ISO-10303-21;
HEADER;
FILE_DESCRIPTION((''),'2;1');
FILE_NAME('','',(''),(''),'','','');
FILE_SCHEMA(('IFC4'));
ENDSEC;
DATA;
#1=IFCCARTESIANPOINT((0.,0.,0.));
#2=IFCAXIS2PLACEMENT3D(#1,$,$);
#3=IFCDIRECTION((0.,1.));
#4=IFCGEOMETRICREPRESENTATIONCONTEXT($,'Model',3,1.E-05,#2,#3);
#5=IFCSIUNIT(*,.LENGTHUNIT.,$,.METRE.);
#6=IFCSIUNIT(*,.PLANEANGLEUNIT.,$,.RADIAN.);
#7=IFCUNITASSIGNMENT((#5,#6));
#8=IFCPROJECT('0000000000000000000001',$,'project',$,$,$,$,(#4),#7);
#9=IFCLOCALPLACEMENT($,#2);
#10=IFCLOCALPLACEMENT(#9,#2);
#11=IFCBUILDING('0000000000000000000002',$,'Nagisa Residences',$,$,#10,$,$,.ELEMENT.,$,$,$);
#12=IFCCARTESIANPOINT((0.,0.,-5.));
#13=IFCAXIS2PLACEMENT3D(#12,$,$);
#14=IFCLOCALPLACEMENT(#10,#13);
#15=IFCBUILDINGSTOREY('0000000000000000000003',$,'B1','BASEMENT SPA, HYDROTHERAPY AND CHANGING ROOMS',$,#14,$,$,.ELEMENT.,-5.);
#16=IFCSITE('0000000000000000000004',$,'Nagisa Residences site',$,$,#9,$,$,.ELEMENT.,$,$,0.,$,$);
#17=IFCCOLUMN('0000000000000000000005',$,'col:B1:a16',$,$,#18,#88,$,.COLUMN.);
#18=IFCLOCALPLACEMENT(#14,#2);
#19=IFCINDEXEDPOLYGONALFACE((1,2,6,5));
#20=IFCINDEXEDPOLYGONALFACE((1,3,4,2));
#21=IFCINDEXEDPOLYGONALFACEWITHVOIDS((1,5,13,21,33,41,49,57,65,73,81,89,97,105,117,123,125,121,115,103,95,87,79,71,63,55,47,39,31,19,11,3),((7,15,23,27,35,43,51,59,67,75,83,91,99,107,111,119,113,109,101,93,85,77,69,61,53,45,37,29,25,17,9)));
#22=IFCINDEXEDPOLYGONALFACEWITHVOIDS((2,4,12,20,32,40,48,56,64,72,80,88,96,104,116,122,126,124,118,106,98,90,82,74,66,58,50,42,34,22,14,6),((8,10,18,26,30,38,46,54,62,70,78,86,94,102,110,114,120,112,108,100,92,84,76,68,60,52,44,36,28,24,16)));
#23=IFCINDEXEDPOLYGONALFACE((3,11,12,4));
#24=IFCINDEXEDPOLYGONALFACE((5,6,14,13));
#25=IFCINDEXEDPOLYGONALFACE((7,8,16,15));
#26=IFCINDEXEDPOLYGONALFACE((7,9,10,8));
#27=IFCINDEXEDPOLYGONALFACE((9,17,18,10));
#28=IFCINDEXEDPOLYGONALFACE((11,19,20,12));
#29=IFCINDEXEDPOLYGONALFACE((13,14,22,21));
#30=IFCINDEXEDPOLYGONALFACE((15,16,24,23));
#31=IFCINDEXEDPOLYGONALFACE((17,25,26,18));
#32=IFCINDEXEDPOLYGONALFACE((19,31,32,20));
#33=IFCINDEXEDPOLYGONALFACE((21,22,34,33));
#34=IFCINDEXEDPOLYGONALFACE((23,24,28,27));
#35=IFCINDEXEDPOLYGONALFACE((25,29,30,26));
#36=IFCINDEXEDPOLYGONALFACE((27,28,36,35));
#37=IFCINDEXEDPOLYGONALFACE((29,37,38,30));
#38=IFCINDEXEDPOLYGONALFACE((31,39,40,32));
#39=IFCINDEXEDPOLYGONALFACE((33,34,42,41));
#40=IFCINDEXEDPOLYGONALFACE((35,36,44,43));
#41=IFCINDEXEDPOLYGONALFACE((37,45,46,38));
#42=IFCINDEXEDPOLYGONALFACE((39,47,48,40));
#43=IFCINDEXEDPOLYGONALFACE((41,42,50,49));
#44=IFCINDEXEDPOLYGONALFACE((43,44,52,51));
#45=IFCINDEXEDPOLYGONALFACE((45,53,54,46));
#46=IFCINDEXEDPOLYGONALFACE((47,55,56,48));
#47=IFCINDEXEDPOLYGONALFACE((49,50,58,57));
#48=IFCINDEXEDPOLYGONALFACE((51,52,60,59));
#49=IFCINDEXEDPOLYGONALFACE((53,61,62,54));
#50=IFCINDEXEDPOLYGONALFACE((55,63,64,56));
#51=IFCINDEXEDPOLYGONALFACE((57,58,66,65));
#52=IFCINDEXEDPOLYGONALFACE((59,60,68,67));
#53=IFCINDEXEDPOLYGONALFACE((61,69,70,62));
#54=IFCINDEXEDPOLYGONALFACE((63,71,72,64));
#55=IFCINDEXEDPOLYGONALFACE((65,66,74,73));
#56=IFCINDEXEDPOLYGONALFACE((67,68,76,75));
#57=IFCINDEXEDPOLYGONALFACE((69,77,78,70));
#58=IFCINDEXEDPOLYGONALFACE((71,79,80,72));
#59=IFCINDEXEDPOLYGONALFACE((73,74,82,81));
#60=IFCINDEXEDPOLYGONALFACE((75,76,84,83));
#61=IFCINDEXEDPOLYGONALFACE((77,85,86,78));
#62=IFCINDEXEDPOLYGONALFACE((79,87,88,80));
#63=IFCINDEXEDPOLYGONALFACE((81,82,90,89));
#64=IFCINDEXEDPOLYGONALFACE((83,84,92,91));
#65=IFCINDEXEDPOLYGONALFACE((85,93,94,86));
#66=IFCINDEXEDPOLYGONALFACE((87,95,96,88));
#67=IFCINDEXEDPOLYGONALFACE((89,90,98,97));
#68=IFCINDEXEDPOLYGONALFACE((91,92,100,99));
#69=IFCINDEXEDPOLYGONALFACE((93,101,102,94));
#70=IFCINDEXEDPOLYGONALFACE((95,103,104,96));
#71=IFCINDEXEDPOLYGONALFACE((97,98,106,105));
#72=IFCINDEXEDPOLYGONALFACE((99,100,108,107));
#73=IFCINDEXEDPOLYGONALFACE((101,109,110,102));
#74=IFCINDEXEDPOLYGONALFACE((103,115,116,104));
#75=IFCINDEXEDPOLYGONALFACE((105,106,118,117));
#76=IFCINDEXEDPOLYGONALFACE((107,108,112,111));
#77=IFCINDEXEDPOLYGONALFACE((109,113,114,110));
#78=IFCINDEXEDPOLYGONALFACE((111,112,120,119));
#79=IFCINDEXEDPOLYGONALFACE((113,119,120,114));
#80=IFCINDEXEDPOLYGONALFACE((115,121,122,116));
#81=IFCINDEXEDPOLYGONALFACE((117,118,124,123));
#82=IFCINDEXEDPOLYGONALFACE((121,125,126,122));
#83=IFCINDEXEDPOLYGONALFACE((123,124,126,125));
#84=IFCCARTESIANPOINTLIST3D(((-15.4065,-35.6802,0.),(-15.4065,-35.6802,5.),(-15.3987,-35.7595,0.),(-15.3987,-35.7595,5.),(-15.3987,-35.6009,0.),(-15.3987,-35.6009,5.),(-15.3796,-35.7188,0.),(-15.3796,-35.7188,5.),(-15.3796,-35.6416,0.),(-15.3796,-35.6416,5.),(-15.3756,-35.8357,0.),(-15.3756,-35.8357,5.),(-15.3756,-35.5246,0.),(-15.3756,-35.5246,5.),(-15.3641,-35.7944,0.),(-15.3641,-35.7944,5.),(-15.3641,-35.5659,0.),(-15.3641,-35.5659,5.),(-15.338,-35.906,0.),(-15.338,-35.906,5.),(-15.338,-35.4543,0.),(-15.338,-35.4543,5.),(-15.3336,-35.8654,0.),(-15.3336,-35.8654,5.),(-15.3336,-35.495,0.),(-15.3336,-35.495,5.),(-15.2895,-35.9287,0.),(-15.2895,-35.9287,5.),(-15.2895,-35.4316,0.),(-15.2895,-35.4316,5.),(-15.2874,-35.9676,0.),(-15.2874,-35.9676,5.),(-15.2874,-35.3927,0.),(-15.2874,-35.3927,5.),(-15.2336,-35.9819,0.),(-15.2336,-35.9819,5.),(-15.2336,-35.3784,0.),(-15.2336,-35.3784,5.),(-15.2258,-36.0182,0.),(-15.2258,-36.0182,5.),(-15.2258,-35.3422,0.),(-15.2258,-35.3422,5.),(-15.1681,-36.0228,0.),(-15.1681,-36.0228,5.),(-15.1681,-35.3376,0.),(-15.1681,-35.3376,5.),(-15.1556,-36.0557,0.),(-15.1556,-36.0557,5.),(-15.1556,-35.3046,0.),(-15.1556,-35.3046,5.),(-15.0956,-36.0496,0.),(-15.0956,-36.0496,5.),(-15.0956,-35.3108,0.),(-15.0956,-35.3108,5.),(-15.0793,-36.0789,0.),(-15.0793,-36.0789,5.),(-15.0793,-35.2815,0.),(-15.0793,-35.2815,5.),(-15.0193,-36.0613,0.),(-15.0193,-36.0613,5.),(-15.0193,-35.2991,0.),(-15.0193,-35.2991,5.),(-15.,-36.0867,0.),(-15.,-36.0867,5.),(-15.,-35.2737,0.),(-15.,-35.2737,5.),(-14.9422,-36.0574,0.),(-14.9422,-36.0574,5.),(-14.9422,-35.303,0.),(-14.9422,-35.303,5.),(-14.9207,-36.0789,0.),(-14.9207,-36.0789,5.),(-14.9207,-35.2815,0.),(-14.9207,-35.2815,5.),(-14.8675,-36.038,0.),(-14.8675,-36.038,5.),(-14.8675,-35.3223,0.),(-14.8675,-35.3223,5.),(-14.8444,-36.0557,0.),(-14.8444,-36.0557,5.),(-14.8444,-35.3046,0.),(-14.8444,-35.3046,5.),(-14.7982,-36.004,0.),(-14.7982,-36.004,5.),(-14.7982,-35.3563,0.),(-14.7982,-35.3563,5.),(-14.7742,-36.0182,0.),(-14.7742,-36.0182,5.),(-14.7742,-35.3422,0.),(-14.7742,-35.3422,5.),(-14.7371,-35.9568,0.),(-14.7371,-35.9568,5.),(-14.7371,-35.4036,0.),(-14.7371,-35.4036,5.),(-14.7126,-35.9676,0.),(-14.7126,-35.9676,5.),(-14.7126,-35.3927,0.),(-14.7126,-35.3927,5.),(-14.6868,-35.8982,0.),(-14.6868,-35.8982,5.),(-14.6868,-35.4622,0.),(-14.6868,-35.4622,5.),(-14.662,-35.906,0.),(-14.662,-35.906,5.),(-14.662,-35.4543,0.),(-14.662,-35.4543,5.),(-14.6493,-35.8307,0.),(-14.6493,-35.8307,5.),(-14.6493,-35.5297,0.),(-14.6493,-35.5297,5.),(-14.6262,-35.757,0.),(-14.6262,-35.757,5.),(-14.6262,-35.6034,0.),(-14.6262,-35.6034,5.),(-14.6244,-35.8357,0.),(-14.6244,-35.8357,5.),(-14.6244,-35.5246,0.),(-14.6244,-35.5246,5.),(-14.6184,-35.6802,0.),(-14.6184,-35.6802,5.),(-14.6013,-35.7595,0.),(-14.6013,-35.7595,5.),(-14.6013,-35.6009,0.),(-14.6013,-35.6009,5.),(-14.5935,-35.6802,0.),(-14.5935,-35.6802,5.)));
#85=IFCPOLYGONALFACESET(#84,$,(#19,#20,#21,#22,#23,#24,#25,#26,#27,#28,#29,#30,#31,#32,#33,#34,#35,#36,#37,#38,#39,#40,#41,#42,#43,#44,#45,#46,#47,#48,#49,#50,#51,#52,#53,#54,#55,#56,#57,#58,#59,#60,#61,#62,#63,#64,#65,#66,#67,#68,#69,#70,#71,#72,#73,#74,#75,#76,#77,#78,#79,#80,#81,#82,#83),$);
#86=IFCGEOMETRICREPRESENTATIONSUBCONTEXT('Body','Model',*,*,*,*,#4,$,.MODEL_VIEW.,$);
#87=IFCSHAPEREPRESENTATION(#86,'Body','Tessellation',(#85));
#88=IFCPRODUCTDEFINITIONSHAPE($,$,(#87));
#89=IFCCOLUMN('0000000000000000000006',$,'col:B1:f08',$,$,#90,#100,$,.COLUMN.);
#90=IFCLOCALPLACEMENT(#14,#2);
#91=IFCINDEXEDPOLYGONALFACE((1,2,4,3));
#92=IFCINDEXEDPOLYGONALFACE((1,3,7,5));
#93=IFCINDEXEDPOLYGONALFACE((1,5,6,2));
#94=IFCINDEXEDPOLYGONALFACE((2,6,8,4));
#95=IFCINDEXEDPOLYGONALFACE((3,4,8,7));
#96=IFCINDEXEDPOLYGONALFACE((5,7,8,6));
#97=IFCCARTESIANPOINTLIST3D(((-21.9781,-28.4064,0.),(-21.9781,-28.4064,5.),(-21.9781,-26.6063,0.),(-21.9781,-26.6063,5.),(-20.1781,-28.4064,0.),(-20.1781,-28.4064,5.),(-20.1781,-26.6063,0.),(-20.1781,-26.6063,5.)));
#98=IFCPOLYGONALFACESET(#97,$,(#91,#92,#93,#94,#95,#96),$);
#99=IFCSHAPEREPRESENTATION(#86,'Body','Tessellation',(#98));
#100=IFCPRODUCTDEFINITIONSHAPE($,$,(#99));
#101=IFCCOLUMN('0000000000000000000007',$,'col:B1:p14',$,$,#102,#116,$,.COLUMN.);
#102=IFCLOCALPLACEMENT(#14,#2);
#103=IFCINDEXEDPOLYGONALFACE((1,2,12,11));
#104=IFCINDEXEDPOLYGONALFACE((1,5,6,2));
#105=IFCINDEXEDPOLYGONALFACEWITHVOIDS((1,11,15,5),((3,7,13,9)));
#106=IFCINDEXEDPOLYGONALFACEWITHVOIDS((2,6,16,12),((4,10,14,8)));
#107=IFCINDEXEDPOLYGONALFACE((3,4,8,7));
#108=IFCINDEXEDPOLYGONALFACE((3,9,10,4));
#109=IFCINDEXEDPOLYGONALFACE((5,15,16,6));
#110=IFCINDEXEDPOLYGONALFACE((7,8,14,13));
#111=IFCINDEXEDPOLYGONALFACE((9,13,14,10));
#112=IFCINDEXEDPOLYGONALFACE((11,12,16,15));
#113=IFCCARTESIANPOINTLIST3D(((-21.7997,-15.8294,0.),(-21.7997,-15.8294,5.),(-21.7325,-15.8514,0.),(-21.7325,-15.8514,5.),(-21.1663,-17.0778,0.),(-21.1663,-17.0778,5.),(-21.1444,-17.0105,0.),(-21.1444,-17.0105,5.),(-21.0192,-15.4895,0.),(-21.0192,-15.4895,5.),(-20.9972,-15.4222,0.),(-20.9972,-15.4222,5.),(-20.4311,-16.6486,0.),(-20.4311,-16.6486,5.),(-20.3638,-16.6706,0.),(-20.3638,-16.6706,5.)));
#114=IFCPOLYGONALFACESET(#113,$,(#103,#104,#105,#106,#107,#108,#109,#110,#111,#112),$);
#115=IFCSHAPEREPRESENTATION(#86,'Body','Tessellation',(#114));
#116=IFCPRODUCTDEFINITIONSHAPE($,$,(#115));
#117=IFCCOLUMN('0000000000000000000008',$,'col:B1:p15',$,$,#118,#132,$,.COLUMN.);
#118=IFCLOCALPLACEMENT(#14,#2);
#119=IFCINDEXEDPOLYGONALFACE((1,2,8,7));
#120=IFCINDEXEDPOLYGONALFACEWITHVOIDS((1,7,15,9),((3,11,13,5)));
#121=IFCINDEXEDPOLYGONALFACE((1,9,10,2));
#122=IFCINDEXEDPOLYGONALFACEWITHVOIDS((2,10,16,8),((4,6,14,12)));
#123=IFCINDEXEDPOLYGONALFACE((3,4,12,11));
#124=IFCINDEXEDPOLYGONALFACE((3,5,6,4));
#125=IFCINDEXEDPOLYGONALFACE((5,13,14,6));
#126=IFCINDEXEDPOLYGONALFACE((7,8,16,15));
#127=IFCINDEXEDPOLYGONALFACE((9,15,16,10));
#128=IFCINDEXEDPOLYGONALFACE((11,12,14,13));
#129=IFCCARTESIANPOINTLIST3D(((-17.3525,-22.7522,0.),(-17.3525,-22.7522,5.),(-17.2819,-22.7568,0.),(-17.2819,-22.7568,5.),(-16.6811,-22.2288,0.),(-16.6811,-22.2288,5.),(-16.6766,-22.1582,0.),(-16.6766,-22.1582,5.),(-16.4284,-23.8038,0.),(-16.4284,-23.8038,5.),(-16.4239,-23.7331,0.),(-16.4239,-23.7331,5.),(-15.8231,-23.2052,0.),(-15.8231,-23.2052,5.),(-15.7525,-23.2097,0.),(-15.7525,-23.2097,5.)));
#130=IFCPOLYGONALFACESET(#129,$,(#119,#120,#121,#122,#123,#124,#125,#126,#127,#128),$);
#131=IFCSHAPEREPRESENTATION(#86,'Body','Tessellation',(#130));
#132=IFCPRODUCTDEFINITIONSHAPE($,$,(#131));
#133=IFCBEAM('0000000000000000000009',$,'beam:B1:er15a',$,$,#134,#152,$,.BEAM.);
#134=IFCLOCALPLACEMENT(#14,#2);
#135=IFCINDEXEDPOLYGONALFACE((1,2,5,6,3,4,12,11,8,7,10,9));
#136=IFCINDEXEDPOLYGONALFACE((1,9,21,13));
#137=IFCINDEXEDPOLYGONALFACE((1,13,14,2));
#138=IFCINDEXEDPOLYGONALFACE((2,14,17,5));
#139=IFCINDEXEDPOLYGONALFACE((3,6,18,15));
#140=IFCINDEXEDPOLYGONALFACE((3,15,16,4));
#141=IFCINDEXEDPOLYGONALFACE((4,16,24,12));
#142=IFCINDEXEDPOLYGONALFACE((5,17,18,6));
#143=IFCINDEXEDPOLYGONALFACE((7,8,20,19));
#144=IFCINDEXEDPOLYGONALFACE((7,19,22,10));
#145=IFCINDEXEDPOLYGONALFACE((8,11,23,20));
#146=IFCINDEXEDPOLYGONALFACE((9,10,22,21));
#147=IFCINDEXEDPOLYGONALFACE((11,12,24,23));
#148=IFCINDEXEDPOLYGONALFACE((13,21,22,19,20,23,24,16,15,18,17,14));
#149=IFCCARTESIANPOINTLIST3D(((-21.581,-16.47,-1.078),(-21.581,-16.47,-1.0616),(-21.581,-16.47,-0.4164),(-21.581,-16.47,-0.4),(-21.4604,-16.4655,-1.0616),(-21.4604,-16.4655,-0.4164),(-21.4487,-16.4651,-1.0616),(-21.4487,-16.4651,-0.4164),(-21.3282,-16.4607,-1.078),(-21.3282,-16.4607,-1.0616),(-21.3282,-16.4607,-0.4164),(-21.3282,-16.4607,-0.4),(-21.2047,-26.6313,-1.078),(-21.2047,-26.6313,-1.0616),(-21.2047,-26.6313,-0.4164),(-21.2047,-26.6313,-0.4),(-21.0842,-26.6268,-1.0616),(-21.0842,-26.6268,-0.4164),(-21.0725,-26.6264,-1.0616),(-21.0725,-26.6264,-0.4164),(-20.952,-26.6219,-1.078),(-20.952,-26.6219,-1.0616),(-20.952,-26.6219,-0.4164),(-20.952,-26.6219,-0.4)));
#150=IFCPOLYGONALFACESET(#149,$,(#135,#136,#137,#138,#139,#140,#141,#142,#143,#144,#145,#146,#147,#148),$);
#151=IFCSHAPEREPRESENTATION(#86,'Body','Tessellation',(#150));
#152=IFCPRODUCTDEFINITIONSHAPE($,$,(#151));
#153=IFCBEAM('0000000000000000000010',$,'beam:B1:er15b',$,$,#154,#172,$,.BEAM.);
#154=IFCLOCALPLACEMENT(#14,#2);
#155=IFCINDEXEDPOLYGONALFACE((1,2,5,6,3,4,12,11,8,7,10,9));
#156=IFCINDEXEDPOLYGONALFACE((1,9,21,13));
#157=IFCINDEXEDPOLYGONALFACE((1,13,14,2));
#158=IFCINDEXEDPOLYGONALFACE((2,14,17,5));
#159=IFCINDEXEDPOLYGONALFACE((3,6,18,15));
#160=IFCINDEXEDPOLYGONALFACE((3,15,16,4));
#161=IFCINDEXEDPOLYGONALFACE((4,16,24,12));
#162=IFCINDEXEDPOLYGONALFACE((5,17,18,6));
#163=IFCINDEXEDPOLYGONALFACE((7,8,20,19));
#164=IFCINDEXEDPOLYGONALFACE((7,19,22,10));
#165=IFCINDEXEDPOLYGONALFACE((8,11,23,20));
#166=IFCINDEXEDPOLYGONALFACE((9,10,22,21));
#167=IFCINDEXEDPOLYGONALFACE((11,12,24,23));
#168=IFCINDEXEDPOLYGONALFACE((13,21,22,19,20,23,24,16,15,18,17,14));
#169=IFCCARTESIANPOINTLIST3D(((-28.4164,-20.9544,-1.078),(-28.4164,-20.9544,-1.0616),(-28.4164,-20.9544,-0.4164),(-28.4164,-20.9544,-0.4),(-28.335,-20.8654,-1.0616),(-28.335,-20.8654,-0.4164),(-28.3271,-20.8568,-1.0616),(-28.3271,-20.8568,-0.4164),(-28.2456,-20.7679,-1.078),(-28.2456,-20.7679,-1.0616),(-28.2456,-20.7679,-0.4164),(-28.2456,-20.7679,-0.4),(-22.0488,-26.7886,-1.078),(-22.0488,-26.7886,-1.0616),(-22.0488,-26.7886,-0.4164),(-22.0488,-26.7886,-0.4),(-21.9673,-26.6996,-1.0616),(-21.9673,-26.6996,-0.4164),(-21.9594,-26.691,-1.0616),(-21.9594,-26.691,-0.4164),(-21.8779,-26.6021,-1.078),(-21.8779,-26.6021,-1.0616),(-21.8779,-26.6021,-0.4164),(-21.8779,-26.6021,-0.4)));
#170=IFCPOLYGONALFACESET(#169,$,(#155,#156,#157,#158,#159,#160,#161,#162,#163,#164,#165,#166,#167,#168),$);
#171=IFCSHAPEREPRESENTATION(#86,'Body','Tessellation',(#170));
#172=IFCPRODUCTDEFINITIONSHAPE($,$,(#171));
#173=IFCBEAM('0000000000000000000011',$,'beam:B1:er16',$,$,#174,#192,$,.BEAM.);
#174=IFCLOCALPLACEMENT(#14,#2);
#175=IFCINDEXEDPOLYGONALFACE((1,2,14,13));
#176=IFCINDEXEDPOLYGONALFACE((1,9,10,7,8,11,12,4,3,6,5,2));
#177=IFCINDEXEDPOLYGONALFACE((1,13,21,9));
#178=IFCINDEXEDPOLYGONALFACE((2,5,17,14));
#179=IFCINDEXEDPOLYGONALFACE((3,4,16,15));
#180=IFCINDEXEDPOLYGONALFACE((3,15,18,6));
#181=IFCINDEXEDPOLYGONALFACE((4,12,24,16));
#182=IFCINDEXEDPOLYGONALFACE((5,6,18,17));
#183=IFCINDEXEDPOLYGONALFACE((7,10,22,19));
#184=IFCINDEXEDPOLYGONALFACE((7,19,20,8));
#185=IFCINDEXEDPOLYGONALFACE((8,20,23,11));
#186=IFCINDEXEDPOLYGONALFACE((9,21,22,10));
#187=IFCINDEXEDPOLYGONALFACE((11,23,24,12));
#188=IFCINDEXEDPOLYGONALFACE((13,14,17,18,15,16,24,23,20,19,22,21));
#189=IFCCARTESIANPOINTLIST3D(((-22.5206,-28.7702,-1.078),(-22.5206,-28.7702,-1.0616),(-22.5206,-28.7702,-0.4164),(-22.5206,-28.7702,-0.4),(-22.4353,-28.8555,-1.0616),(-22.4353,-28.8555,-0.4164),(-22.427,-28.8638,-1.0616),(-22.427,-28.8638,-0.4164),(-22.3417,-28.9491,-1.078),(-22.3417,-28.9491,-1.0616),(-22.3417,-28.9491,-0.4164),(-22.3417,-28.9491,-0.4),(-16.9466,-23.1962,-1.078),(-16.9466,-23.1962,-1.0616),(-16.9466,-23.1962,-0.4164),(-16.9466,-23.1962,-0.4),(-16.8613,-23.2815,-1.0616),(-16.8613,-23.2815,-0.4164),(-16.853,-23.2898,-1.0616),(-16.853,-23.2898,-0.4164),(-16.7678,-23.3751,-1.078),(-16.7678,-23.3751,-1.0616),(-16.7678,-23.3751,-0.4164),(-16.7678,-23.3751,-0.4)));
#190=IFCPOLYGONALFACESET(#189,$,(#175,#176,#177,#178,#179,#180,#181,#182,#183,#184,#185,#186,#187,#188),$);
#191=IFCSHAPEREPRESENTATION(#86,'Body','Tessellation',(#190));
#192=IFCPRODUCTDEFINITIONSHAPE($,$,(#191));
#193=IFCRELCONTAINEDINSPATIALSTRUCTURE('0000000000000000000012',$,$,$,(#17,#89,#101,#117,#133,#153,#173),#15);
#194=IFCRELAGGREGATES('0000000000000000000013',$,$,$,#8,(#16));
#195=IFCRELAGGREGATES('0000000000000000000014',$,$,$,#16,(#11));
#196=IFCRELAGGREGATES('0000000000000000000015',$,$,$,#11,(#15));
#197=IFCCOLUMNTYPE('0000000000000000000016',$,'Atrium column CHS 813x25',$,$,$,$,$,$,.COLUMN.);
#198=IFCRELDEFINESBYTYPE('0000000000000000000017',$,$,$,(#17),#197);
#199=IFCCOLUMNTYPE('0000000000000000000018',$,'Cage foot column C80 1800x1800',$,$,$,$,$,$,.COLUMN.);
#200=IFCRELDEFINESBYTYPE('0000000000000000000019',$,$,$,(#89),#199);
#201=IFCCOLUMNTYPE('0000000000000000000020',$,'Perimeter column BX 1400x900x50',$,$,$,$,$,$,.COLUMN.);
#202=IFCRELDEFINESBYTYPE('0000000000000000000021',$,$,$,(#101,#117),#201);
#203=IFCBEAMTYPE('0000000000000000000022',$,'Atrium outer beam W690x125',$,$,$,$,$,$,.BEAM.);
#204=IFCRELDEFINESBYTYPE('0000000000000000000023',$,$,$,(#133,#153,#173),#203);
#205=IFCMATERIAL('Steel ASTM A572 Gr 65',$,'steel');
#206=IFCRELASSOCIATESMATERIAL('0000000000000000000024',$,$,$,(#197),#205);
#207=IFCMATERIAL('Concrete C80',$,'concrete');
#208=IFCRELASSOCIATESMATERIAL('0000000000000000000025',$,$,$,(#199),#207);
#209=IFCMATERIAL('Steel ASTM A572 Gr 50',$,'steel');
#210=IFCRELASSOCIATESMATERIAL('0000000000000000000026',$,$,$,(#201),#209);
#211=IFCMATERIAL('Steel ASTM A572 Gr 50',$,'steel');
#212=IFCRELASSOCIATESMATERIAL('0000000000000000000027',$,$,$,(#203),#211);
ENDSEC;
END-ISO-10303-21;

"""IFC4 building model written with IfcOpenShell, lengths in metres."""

from ifc_helpers import new_model, si_unit, direction, frame, origin, origin_2d, place, context, subcontext, project, spatial, rectangle, hollow_rectangle, hollow_circle, i_section, extrude, material, material_profile, profile_set, type_object, element, save


model = new_model("IFC4")

# Units and contexts
model_context = context("Model", 3, precision=1e-05, world=origin(), true_north=direction((0.0, 1.0)))
body_context = subcontext(model_context, "Body", "Model", "MODEL_VIEW")
ifc_project = project(units=[si_unit("LENGTHUNIT", "METRE"), si_unit("PLANEANGLEUNIT", "RADIAN")], contexts=[model_context])

# Site, building, storey
site_placement = place(None, origin())
site = spatial("IfcSite", under=ifc_project, at=site_placement, Name="Nagisa Residences site", CompositionType="ELEMENT", RefElevation=0.0)
building_placement = place(site_placement, origin())
building = spatial("IfcBuilding", under=site, at=building_placement, Name="Nagisa Residences", CompositionType="ELEMENT")
storey_placement = place(building_placement, frame((0.0, 0.0, -5.0)))
storey = spatial("IfcBuildingStorey", under=building, at=storey_placement, Name="B1", Description="BASEMENT SPA, HYDROTHERAPY AND CHANGING ROOMS", CompositionType="ELEMENT", Elevation=-5.0)

# Columns
ifc_material_1 = material(Name="Steel ASTM A572 Gr 65", Category="steel")
ifc_material_profile_1 = material_profile(ifc_material_1, hollow_circle(Radius=0.4065, WallThickness=0.0249, at=origin_2d()), Name="CHS 813x25")
ifc_profile_set_1 = profile_set([ifc_material_profile_1], Name="Steel ASTM A572 Gr 65")
column_type_1 = type_object("IfcColumnType", Name="Atrium column CHS 813x25", PredefinedType="COLUMN", material=ifc_profile_set_1)
for number, where, z_axis, x_axis, name in (
    (1, (-15.0, -35.6802, 0.0), (0.0, 0.0, 1.0), (1.0, 0.0, 0.0), "col:B1:a16"),
):
    element("IfcColumn", number, at=place(storey_placement, frame(where, z_axis=z_axis, x_axis=x_axis)), inside=storey, type_object=column_type_1, Name=name, PredefinedType="COLUMN", context=body_context, shape_type="SweptSolid", body=[
        extrude(hollow_circle(Radius=0.4065, WallThickness=0.0249, at=origin_2d()), origin(), (0.0, 0.0, 1.0), 5.0),
    ])
ifc_material_2 = material(Name="Concrete C80", Category="concrete")
ifc_material_profile_2 = material_profile(ifc_material_2, rectangle(XDim=1.8, YDim=1.8, at=origin_2d()), Name="C80 1800x1800")
ifc_profile_set_2 = profile_set([ifc_material_profile_2], Name="Concrete C80")
column_type_2 = type_object("IfcColumnType", Name="Cage foot column C80 1800x1800", PredefinedType="COLUMN", material=ifc_profile_set_2)
column_placement = place(storey_placement, frame((-21.0781, -27.5063, 0.0), z_axis=(0.0, 0.0, 1.0), x_axis=(1.0, 0.0, 0.0)))
element("IfcColumn", 2, at=column_placement, inside=storey, type_object=column_type_2, Name="col:B1:f08", PredefinedType="COLUMN", context=body_context, shape_type="SweptSolid", body=[
    extrude(rectangle(XDim=1.8, YDim=1.8, at=origin_2d()), origin(), (0.0, 0.0, 1.0), 5.0),
])
ifc_material_3 = material(Name="Steel ASTM A572 Gr 50", Category="steel")
ifc_material_profile_3 = material_profile(ifc_material_3, hollow_rectangle(XDim=1.3999, YDim=0.8999, WallThickness=0.05, at=origin_2d()), Name="BX 1400x900x50")
ifc_profile_set_3 = profile_set([ifc_material_profile_3], Name="Steel ASTM A572 Gr 50")
column_type_3 = type_object("IfcColumnType", Name="Perimeter column BX 1400x900x50", PredefinedType="COLUMN", material=ifc_profile_set_3)
for number, where, z_axis, x_axis, name in (
    (3, (-21.0818, -16.25, 0.0), (0.0, 0.0, 1.0), (0.452463, -0.891783, 0.0), "col:B1:p14"),
    (4, (-16.5525, -22.981, 0.0), (0.0, 0.0, 1.0), (0.660115, -0.751165, 0.0), "col:B1:p15"),
):
    element("IfcColumn", number, at=place(storey_placement, frame(where, z_axis=z_axis, x_axis=x_axis)), inside=storey, type_object=column_type_3, Name=name, PredefinedType="COLUMN", context=body_context, shape_type="SweptSolid", body=[
        extrude(hollow_rectangle(XDim=1.3999, YDim=0.8999, WallThickness=0.05, at=origin_2d()), origin(), (0.0, 0.0, 1.0), 5.0),
    ])

# Beams
ifc_material_4 = material(Name="Steel ASTM A572 Gr 50", Category="steel")
ifc_material_profile_4 = material_profile(ifc_material_4, i_section(OverallWidth=0.2529, OverallDepth=0.678, WebThickness=0.0117, FlangeThickness=0.0164, at=origin_2d()), Name="W690x125")
ifc_profile_set_4 = profile_set([ifc_material_profile_4], Name="Steel ASTM A572 Gr 50")
beam_type_1 = type_object("IfcBeamType", Name="Atrium outer beam W690x125", PredefinedType="BEAM", material=ifc_profile_set_4)
beam_1_placement = place(storey_placement, frame((-21.4546, -16.4653, -0.739), z_axis=(0.037, -0.999315, 0.0), x_axis=(0.999315, 0.037, 0.0)))
element("IfcBeam", 5, at=beam_1_placement, inside=storey, type_object=beam_type_1, Name="beam:B1:er15a", PredefinedType="BEAM", context=body_context, shape_type="SweptSolid", body=[
    extrude(i_section(OverallWidth=0.2529, OverallDepth=0.678, WebThickness=0.0117, FlangeThickness=0.0164, at=origin_2d()), origin(), (0.0, 0.0, 1.0), 10.1682),
])
beam_2_placement = place(storey_placement, frame((-21.9634, -26.6953, -0.739), z_axis=(-0.737316, 0.675548, 0.0), x_axis=(-0.675548, -0.737316, 0.0)))
element("IfcBeam", 6, at=beam_2_placement, inside=storey, type_object=beam_type_1, Name="beam:B1:er15b", PredefinedType="BEAM", context=body_context, shape_type="SweptSolid", body=[
    extrude(i_section(OverallWidth=0.2529, OverallDepth=0.678, WebThickness=0.0117, FlangeThickness=0.0164, at=origin_2d()), origin(), (0.0, 0.0, 1.0), 8.6362),
])
beam_3_placement = place(storey_placement, frame((-16.8572, -23.2856, -0.739), z_axis=(-0.707107, -0.707107, 0.0), x_axis=(0.707107, -0.707107, 0.0)))
element("IfcBeam", 7, at=beam_3_placement, inside=storey, type_object=beam_type_1, Name="beam:B1:er16", PredefinedType="BEAM", context=body_context, shape_type="SweptSolid", body=[
    extrude(i_section(OverallWidth=0.2529, OverallDepth=0.678, WebThickness=0.0117, FlangeThickness=0.0164, at=origin_2d()), origin(), (0.0, 0.0, 1.0), 7.8828),
])

save(model, "model.ifc")
